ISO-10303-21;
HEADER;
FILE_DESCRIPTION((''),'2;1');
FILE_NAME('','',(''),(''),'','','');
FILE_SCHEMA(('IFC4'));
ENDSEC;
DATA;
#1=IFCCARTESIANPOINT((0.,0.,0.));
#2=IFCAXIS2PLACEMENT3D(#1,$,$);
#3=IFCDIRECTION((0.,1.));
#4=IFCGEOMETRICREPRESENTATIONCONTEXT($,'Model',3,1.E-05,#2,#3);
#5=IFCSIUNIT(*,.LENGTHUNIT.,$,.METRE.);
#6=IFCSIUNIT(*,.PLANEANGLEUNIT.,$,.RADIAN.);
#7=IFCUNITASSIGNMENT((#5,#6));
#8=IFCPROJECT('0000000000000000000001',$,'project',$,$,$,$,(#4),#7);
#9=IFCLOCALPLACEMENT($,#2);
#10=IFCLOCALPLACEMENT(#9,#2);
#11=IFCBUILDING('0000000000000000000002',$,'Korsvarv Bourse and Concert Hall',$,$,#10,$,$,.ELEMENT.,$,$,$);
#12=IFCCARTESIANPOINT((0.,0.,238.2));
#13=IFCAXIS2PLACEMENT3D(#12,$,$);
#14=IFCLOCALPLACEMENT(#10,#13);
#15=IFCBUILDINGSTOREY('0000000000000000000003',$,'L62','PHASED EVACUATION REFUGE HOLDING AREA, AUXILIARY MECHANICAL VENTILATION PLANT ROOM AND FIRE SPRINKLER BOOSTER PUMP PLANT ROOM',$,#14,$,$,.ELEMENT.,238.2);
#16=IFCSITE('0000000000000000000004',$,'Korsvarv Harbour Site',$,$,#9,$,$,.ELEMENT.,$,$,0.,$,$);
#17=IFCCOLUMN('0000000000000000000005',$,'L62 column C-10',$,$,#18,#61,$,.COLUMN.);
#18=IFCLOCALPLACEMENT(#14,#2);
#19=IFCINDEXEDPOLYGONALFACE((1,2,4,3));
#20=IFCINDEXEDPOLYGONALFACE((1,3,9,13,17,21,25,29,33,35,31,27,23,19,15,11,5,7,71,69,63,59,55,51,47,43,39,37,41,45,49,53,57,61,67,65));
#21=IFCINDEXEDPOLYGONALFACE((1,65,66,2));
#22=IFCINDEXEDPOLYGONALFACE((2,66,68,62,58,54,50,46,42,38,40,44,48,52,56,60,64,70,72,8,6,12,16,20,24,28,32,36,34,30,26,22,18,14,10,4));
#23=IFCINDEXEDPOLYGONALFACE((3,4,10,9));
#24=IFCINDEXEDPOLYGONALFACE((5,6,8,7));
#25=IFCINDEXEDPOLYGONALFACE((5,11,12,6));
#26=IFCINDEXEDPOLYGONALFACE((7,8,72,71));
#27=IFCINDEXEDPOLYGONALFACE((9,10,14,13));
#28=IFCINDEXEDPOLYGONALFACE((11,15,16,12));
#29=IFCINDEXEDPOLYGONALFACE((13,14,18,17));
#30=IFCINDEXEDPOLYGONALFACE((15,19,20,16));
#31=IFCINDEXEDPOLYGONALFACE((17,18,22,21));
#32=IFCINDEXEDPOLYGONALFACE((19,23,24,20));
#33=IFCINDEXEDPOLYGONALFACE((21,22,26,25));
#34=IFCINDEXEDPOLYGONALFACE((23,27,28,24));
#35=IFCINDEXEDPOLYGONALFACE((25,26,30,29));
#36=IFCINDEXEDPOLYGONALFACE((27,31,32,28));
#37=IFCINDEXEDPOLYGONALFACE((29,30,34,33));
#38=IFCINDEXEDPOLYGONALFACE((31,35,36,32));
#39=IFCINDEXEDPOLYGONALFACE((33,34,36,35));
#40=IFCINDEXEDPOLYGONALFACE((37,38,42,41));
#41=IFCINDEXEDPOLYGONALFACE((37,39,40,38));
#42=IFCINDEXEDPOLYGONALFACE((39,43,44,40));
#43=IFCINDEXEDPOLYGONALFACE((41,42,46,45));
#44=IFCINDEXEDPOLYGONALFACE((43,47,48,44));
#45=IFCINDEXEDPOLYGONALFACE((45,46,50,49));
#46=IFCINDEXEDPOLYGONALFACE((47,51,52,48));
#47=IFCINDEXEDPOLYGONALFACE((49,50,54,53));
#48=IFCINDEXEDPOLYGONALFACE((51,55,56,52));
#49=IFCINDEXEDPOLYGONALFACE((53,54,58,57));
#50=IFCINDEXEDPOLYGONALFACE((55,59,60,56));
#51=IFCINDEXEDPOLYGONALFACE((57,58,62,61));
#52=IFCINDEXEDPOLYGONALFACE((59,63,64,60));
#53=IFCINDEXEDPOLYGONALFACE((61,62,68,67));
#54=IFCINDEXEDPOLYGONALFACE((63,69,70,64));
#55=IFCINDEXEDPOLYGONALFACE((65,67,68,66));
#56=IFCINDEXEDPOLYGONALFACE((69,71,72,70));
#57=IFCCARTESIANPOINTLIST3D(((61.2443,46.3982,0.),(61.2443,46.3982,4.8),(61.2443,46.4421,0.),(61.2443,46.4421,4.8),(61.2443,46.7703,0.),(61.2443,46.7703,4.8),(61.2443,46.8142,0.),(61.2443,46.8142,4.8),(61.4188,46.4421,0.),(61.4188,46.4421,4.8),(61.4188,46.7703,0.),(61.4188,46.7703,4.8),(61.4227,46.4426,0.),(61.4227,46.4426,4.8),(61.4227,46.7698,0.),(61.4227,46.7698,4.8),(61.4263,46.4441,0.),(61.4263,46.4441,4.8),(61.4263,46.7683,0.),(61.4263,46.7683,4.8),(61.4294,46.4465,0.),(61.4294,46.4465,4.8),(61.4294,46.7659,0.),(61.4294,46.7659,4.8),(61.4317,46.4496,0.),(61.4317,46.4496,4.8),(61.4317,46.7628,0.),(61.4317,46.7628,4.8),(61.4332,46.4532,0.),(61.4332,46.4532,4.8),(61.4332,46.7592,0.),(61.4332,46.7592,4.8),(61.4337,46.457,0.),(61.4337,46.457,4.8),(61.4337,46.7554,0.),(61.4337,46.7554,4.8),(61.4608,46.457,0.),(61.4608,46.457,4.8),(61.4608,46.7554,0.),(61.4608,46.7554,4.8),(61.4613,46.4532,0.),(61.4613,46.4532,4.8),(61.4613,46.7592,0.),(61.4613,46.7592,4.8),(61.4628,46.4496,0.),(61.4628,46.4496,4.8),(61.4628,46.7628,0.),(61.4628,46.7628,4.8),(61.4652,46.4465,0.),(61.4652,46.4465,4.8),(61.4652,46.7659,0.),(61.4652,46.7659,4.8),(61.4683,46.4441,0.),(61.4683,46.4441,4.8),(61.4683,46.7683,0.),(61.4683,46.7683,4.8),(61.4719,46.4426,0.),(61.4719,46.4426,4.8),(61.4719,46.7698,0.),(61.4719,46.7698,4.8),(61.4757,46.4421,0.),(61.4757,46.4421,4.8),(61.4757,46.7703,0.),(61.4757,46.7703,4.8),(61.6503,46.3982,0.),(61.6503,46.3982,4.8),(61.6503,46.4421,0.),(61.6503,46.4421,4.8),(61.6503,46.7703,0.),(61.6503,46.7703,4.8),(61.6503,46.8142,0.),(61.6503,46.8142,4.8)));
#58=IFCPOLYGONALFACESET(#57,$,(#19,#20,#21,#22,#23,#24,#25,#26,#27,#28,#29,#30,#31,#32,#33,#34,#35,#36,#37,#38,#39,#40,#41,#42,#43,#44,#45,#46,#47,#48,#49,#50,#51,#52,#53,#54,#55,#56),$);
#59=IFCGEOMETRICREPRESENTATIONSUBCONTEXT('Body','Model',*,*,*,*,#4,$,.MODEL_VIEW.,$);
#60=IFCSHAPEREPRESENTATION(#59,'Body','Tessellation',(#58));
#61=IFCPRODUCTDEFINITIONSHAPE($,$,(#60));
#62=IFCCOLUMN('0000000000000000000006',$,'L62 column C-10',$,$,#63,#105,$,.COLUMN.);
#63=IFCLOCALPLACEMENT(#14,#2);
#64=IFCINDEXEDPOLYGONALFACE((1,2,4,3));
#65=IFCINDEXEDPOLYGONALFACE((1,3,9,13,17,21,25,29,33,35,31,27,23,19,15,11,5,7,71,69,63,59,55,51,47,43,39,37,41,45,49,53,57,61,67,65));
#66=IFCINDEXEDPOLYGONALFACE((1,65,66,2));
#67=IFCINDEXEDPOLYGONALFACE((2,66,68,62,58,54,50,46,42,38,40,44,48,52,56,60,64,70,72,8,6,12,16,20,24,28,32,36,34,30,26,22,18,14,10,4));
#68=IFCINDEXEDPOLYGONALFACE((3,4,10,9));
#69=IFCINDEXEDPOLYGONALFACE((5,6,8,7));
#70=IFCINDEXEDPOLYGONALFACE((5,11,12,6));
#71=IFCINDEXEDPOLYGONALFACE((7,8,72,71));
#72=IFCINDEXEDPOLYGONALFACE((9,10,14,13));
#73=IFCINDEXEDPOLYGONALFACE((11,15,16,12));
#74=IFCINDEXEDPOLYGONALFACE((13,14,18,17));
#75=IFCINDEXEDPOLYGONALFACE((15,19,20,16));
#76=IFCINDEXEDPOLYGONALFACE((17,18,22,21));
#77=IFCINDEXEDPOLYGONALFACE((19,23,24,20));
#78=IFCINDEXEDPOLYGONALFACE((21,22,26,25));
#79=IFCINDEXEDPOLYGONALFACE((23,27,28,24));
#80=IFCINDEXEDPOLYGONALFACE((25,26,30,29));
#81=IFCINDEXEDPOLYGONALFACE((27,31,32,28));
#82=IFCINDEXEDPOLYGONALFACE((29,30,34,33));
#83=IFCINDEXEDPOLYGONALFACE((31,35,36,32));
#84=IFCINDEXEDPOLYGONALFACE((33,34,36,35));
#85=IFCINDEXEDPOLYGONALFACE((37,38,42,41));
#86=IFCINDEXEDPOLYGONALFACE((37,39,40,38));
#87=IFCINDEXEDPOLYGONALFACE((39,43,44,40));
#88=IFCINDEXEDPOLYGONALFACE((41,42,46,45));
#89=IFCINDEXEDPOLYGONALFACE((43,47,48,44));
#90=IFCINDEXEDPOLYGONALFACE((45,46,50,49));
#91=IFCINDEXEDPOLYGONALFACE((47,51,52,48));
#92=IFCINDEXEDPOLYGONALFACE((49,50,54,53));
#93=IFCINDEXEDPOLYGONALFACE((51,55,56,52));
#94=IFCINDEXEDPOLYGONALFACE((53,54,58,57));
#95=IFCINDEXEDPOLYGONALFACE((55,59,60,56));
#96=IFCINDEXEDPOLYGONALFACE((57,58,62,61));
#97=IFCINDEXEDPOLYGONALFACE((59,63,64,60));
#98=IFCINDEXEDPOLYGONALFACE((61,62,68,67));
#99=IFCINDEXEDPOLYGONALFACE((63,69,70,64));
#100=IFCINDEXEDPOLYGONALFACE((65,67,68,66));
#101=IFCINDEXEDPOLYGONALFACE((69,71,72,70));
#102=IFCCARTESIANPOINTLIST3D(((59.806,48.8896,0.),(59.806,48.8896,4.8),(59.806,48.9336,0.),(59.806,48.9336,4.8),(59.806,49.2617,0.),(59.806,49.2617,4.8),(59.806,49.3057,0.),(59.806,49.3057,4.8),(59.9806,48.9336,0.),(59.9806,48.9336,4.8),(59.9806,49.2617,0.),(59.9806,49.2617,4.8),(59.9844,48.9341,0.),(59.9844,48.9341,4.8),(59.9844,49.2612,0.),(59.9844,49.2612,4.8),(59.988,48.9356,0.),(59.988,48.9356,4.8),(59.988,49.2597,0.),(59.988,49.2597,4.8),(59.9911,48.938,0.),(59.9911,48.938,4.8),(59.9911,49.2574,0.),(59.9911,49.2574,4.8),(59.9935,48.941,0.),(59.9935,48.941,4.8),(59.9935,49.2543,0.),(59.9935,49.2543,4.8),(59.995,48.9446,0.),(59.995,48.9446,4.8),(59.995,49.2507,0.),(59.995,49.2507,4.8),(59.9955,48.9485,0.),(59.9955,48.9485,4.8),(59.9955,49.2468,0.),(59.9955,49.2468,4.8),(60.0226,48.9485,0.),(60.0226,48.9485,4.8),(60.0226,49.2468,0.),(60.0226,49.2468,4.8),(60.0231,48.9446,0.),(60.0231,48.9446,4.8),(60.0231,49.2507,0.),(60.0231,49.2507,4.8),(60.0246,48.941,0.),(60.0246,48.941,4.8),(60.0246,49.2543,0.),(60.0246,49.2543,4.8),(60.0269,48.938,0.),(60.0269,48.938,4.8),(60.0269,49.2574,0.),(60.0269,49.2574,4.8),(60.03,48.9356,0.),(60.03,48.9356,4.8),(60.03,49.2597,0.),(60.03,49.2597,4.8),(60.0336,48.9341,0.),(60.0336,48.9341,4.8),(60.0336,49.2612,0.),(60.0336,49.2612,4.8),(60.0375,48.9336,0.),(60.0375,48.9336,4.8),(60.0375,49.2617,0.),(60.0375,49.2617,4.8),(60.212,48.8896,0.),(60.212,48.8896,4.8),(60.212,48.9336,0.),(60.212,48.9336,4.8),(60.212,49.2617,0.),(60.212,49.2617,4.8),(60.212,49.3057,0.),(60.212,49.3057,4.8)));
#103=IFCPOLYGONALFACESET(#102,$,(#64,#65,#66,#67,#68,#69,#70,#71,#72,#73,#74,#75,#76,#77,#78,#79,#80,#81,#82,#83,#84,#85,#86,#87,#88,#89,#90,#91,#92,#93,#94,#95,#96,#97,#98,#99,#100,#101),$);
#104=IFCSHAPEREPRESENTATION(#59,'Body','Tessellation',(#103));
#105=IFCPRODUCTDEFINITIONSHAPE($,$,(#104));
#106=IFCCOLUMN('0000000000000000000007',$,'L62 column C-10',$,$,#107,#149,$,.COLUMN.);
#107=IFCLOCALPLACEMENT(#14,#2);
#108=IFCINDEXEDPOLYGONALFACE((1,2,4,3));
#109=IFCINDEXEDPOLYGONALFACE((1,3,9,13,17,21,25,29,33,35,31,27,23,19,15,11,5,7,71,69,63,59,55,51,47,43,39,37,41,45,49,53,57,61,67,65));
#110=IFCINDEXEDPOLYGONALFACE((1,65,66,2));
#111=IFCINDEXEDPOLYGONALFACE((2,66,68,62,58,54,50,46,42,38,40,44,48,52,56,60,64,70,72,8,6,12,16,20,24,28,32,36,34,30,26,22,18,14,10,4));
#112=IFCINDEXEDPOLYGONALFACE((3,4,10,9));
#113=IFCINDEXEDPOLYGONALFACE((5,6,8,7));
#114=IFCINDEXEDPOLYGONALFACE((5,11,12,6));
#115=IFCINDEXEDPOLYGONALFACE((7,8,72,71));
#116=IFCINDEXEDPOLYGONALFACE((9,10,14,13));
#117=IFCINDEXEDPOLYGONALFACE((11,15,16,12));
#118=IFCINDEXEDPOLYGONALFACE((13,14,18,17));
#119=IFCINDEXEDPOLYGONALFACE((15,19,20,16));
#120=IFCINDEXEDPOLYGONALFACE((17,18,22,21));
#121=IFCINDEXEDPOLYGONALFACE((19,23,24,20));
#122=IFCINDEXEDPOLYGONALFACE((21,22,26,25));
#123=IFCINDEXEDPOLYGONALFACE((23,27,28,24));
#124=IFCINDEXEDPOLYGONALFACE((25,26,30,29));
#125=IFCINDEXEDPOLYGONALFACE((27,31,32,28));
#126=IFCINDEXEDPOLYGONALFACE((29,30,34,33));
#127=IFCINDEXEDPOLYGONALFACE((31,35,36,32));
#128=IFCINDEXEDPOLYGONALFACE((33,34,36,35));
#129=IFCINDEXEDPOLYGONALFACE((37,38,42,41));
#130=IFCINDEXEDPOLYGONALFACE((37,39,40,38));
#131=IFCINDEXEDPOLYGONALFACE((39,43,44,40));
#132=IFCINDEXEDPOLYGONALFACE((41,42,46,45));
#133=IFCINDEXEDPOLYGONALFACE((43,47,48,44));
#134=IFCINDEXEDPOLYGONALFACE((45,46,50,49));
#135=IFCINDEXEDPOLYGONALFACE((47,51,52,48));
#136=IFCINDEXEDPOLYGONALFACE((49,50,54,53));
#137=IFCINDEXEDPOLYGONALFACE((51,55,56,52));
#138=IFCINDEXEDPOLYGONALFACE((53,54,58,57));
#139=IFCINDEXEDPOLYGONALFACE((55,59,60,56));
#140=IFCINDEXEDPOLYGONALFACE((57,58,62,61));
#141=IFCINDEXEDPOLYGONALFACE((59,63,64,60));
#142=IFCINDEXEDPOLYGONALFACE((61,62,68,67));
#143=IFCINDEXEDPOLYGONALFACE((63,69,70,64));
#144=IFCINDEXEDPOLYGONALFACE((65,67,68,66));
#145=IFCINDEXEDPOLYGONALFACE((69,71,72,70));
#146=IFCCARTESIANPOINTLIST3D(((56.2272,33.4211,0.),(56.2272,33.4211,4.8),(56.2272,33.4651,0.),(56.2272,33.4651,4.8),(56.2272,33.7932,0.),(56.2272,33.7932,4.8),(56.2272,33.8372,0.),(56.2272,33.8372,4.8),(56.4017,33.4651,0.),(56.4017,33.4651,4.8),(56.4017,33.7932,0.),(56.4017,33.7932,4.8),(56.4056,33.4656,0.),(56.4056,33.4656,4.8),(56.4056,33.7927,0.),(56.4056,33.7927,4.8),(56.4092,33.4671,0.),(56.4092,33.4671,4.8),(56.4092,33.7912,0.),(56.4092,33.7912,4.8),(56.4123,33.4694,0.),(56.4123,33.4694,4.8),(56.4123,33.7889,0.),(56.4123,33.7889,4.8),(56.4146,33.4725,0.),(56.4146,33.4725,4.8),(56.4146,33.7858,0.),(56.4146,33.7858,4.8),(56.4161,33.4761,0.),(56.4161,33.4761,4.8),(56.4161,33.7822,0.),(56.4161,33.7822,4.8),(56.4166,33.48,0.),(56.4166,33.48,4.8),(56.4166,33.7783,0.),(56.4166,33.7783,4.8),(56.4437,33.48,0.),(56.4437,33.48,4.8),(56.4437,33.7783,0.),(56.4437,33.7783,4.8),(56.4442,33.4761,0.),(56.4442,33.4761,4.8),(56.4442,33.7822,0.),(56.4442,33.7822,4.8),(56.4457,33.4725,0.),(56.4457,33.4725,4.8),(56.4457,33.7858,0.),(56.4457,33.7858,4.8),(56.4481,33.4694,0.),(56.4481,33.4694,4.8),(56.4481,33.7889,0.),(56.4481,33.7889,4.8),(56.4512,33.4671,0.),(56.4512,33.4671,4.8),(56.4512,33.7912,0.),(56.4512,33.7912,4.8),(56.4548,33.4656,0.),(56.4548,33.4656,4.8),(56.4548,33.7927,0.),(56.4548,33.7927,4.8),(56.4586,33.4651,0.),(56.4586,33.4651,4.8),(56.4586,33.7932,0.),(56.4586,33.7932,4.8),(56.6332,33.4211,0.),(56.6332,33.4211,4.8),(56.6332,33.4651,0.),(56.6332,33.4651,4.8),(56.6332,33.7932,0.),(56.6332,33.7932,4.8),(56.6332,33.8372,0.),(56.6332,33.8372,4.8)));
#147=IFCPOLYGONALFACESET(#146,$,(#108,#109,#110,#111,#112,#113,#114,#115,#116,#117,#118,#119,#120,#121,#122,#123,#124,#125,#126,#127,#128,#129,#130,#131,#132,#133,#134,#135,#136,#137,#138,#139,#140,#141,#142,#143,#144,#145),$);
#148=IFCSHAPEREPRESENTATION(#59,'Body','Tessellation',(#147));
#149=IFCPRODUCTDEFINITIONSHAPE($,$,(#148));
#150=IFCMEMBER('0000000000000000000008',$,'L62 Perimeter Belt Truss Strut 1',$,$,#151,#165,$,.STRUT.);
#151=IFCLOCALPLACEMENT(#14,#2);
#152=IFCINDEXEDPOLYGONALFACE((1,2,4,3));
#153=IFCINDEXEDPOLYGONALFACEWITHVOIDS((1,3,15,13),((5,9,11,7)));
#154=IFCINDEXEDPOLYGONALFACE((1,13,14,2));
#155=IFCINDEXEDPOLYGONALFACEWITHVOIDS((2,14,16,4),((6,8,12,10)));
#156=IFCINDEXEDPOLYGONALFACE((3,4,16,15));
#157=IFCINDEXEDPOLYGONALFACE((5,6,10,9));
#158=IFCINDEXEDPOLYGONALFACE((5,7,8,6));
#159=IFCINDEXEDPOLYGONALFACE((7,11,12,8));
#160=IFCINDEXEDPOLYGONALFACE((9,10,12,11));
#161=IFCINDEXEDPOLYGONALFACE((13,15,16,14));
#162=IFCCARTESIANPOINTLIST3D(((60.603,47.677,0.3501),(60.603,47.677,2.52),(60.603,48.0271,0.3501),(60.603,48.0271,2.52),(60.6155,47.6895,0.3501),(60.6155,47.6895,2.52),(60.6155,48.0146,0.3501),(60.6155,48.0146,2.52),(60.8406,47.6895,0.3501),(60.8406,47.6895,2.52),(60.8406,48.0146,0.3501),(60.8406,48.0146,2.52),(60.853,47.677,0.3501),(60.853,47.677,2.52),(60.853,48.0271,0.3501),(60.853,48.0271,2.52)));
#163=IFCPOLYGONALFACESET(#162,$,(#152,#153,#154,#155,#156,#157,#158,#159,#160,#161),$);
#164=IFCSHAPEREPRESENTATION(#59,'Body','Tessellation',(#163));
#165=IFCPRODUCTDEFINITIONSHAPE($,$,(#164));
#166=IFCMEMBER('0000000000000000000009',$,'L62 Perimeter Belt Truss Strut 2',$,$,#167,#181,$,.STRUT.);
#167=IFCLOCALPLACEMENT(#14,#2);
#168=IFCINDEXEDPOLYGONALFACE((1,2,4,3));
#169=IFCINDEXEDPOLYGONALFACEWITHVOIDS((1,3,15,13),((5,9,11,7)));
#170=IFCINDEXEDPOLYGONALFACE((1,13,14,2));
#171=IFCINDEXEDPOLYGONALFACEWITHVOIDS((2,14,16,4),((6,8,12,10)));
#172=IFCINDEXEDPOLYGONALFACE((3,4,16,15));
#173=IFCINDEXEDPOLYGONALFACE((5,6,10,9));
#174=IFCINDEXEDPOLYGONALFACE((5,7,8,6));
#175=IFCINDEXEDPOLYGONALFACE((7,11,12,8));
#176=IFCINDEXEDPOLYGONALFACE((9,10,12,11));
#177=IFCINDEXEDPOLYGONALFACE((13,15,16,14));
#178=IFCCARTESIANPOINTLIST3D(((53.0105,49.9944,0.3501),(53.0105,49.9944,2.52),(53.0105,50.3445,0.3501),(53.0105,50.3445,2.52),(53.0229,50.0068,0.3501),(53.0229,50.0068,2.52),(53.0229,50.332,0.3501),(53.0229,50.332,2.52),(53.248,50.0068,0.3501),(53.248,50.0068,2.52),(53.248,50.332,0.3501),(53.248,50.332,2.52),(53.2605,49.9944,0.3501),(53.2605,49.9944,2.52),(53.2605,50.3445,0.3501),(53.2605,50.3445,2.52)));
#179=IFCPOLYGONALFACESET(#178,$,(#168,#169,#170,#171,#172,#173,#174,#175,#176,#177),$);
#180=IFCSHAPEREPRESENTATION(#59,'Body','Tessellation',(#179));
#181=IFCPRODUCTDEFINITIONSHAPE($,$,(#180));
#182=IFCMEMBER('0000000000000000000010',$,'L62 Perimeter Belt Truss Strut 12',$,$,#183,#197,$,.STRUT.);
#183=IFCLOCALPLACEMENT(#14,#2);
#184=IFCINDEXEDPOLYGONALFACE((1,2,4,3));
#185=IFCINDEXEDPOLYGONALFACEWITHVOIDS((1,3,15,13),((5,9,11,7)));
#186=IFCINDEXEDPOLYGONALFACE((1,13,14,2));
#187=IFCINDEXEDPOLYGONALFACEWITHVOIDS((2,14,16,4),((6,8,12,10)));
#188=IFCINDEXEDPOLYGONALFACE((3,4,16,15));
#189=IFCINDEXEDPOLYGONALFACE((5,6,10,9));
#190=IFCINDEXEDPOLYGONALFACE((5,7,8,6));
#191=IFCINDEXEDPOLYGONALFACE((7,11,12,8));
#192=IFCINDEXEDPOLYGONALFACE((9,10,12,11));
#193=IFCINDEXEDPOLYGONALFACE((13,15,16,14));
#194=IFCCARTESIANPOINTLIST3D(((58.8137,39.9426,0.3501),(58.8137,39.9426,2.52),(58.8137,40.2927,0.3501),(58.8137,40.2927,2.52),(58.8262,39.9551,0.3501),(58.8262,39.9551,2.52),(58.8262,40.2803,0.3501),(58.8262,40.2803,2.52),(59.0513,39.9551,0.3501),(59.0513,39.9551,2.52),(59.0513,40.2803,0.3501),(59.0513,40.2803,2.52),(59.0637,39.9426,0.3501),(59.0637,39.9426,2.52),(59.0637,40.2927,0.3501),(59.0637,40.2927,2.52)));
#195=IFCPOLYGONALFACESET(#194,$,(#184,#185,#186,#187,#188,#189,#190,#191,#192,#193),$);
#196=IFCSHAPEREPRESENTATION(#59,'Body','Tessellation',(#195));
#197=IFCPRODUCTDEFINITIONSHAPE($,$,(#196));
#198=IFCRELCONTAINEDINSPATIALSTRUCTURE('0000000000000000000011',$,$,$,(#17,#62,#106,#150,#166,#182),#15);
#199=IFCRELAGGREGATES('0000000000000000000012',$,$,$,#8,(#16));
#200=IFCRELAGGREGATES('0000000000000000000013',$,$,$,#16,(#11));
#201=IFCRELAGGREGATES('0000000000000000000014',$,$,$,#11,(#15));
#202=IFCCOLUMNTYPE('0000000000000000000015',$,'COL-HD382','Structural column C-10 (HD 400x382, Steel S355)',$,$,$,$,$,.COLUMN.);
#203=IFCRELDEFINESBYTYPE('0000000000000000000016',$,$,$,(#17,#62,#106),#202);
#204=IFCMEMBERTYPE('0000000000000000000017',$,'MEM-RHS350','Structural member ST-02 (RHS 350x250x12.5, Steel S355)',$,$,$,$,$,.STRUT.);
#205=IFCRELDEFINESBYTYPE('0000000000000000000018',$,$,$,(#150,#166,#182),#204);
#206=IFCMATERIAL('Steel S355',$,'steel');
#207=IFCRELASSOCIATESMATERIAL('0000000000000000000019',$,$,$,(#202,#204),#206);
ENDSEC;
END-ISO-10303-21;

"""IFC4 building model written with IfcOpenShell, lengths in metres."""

from ifc_helpers import new_model, si_unit, direction, frame, origin, origin_2d, place, context, subcontext, project, spatial, hollow_rectangle, i_section, extrude, source, transform, mapped, material, material_profile, profile_set, type_object, element, save


model = new_model("IFC4")

# Units and contexts
model_context = context("Model", 3, precision=1e-05, world=origin(), true_north=direction((0.0, 1.0)))
body_context = subcontext(model_context, "Body", "Model", "MODEL_VIEW")
ifc_project = project(units=[si_unit("LENGTHUNIT", "METRE"), si_unit("PLANEANGLEUNIT", "RADIAN")], contexts=[model_context])

# Site, building, storey
site_placement = place(None, origin())
site = spatial("IfcSite", under=ifc_project, at=site_placement, Name="Korsvarv Harbour Site", CompositionType="ELEMENT", RefElevation=0.0)
building_placement = place(site_placement, origin())
building = spatial("IfcBuilding", under=site, at=building_placement, Name="Korsvarv Bourse and Concert Hall", CompositionType="ELEMENT")
storey_placement = place(building_placement, frame((0.0, 0.0, 238.2)))
storey = spatial("IfcBuildingStorey", under=building, at=storey_placement, Name="L62", Description="PHASED EVACUATION REFUGE HOLDING AREA, AUXILIARY MECHANICAL VENTILATION PLANT ROOM AND FIRE SPRINKLER BOOSTER PUMP PLANT ROOM", CompositionType="ELEMENT", Elevation=238.2)

# Columns
ifc_material_1 = material(Name="Steel S355", Category="steel")
ifc_material_profile_1 = material_profile(ifc_material_1, i_section(OverallWidth=0.406, OverallDepth=0.416, WebThickness=0.0271, FlangeThickness=0.0439, FilletRadius=0.0149, at=origin_2d()), Name="HD 400x382")
ifc_profile_set_1 = profile_set([ifc_material_profile_1], Name="Steel S355")
column_type = type_object("IfcColumnType", Name="COL-HD382", Description="Structural column C-10 (HD 400x382, Steel S355)", PredefinedType="COLUMN", material=ifc_profile_set_1)
shared_shape_1 = source(origin(), body_context, "Body", "SweptSolid", [
    extrude(i_section(OverallWidth=0.406, OverallDepth=0.416, WebThickness=0.0271, FlangeThickness=0.0439, FilletRadius=0.0149, at=origin_2d()), origin(), (0.0, 0.0, 1.0), 4.8),
])
for number, where, z_axis, x_axis, name in (
    (1, (61.4473, 46.6062, 0.0), (0.0, 0.0, 1.0), (1.0, 0.0, 0.0), "L62 column C-10"),
    (2, (60.009, 49.0977, 0.0), (0.0, 0.0, 1.0), (1.0, 0.0, 0.0), "L62 column C-10"),
    (3, (56.4302, 33.6292, 0.0), (0.0, 0.0, 1.0), (1.0, 0.0, 0.0), "L62 column C-10"),
):
    element("IfcColumn", number, at=place(storey_placement, frame(where, z_axis=z_axis, x_axis=x_axis)), inside=storey, type_object=column_type, Name=name, PredefinedType="COLUMN", context=body_context, shape_type="MappedRepresentation", body=[
        mapped(shared_shape_1, transform((0.0, 0.0, 0.0), scale=1.0)),
    ])

# Members
ifc_material_profile_2 = material_profile(ifc_material_1, hollow_rectangle(XDim=0.25, YDim=0.3501, WallThickness=0.0125, at=origin_2d()), Name="RHS 350x250x12.5")
ifc_profile_set_2 = profile_set([ifc_material_profile_2], Name="Steel S355")
member_type_1 = type_object("IfcMemberType", Name="MEM-RHS350", Description="Structural member ST-02 (RHS 350x250x12.5, Steel S355)", PredefinedType="STRUT", material=ifc_profile_set_2)
shared_shape_2 = source(origin(), body_context, "Body", "SweptSolid", [
    extrude(hollow_rectangle(XDim=0.25, YDim=0.3501, WallThickness=0.0125, at=origin_2d()), origin(), (0.0, 0.0, 1.0), 2.1699),
])
for number, where, z_axis, x_axis, name in (
    (4, (60.728, 47.8521, 0.3501), (0.0, 0.0, 1.0), (1.0, 0.0, 0.0), "L62 Perimeter Belt Truss Strut 1"),
    (5, (53.1355, 50.1694, 0.3501), (0.0, 0.0, 1.0), (1.0, 0.0, 0.0), "L62 Perimeter Belt Truss Strut 2"),
    (6, (58.9387, 40.1177, 0.3501), (0.0, 0.0, 1.0), (1.0, 0.0, 0.0), "L62 Perimeter Belt Truss Strut 12"),
):
    element("IfcMember", number, at=place(storey_placement, frame(where, z_axis=z_axis, x_axis=x_axis)), inside=storey, type_object=member_type_1, Name=name, PredefinedType="STRUT", context=body_context, shape_type="MappedRepresentation", body=[
        mapped(shared_shape_2, transform((0.0, 0.0, 0.0), scale=1.0)),
    ])

save(model, "model.ifc")
